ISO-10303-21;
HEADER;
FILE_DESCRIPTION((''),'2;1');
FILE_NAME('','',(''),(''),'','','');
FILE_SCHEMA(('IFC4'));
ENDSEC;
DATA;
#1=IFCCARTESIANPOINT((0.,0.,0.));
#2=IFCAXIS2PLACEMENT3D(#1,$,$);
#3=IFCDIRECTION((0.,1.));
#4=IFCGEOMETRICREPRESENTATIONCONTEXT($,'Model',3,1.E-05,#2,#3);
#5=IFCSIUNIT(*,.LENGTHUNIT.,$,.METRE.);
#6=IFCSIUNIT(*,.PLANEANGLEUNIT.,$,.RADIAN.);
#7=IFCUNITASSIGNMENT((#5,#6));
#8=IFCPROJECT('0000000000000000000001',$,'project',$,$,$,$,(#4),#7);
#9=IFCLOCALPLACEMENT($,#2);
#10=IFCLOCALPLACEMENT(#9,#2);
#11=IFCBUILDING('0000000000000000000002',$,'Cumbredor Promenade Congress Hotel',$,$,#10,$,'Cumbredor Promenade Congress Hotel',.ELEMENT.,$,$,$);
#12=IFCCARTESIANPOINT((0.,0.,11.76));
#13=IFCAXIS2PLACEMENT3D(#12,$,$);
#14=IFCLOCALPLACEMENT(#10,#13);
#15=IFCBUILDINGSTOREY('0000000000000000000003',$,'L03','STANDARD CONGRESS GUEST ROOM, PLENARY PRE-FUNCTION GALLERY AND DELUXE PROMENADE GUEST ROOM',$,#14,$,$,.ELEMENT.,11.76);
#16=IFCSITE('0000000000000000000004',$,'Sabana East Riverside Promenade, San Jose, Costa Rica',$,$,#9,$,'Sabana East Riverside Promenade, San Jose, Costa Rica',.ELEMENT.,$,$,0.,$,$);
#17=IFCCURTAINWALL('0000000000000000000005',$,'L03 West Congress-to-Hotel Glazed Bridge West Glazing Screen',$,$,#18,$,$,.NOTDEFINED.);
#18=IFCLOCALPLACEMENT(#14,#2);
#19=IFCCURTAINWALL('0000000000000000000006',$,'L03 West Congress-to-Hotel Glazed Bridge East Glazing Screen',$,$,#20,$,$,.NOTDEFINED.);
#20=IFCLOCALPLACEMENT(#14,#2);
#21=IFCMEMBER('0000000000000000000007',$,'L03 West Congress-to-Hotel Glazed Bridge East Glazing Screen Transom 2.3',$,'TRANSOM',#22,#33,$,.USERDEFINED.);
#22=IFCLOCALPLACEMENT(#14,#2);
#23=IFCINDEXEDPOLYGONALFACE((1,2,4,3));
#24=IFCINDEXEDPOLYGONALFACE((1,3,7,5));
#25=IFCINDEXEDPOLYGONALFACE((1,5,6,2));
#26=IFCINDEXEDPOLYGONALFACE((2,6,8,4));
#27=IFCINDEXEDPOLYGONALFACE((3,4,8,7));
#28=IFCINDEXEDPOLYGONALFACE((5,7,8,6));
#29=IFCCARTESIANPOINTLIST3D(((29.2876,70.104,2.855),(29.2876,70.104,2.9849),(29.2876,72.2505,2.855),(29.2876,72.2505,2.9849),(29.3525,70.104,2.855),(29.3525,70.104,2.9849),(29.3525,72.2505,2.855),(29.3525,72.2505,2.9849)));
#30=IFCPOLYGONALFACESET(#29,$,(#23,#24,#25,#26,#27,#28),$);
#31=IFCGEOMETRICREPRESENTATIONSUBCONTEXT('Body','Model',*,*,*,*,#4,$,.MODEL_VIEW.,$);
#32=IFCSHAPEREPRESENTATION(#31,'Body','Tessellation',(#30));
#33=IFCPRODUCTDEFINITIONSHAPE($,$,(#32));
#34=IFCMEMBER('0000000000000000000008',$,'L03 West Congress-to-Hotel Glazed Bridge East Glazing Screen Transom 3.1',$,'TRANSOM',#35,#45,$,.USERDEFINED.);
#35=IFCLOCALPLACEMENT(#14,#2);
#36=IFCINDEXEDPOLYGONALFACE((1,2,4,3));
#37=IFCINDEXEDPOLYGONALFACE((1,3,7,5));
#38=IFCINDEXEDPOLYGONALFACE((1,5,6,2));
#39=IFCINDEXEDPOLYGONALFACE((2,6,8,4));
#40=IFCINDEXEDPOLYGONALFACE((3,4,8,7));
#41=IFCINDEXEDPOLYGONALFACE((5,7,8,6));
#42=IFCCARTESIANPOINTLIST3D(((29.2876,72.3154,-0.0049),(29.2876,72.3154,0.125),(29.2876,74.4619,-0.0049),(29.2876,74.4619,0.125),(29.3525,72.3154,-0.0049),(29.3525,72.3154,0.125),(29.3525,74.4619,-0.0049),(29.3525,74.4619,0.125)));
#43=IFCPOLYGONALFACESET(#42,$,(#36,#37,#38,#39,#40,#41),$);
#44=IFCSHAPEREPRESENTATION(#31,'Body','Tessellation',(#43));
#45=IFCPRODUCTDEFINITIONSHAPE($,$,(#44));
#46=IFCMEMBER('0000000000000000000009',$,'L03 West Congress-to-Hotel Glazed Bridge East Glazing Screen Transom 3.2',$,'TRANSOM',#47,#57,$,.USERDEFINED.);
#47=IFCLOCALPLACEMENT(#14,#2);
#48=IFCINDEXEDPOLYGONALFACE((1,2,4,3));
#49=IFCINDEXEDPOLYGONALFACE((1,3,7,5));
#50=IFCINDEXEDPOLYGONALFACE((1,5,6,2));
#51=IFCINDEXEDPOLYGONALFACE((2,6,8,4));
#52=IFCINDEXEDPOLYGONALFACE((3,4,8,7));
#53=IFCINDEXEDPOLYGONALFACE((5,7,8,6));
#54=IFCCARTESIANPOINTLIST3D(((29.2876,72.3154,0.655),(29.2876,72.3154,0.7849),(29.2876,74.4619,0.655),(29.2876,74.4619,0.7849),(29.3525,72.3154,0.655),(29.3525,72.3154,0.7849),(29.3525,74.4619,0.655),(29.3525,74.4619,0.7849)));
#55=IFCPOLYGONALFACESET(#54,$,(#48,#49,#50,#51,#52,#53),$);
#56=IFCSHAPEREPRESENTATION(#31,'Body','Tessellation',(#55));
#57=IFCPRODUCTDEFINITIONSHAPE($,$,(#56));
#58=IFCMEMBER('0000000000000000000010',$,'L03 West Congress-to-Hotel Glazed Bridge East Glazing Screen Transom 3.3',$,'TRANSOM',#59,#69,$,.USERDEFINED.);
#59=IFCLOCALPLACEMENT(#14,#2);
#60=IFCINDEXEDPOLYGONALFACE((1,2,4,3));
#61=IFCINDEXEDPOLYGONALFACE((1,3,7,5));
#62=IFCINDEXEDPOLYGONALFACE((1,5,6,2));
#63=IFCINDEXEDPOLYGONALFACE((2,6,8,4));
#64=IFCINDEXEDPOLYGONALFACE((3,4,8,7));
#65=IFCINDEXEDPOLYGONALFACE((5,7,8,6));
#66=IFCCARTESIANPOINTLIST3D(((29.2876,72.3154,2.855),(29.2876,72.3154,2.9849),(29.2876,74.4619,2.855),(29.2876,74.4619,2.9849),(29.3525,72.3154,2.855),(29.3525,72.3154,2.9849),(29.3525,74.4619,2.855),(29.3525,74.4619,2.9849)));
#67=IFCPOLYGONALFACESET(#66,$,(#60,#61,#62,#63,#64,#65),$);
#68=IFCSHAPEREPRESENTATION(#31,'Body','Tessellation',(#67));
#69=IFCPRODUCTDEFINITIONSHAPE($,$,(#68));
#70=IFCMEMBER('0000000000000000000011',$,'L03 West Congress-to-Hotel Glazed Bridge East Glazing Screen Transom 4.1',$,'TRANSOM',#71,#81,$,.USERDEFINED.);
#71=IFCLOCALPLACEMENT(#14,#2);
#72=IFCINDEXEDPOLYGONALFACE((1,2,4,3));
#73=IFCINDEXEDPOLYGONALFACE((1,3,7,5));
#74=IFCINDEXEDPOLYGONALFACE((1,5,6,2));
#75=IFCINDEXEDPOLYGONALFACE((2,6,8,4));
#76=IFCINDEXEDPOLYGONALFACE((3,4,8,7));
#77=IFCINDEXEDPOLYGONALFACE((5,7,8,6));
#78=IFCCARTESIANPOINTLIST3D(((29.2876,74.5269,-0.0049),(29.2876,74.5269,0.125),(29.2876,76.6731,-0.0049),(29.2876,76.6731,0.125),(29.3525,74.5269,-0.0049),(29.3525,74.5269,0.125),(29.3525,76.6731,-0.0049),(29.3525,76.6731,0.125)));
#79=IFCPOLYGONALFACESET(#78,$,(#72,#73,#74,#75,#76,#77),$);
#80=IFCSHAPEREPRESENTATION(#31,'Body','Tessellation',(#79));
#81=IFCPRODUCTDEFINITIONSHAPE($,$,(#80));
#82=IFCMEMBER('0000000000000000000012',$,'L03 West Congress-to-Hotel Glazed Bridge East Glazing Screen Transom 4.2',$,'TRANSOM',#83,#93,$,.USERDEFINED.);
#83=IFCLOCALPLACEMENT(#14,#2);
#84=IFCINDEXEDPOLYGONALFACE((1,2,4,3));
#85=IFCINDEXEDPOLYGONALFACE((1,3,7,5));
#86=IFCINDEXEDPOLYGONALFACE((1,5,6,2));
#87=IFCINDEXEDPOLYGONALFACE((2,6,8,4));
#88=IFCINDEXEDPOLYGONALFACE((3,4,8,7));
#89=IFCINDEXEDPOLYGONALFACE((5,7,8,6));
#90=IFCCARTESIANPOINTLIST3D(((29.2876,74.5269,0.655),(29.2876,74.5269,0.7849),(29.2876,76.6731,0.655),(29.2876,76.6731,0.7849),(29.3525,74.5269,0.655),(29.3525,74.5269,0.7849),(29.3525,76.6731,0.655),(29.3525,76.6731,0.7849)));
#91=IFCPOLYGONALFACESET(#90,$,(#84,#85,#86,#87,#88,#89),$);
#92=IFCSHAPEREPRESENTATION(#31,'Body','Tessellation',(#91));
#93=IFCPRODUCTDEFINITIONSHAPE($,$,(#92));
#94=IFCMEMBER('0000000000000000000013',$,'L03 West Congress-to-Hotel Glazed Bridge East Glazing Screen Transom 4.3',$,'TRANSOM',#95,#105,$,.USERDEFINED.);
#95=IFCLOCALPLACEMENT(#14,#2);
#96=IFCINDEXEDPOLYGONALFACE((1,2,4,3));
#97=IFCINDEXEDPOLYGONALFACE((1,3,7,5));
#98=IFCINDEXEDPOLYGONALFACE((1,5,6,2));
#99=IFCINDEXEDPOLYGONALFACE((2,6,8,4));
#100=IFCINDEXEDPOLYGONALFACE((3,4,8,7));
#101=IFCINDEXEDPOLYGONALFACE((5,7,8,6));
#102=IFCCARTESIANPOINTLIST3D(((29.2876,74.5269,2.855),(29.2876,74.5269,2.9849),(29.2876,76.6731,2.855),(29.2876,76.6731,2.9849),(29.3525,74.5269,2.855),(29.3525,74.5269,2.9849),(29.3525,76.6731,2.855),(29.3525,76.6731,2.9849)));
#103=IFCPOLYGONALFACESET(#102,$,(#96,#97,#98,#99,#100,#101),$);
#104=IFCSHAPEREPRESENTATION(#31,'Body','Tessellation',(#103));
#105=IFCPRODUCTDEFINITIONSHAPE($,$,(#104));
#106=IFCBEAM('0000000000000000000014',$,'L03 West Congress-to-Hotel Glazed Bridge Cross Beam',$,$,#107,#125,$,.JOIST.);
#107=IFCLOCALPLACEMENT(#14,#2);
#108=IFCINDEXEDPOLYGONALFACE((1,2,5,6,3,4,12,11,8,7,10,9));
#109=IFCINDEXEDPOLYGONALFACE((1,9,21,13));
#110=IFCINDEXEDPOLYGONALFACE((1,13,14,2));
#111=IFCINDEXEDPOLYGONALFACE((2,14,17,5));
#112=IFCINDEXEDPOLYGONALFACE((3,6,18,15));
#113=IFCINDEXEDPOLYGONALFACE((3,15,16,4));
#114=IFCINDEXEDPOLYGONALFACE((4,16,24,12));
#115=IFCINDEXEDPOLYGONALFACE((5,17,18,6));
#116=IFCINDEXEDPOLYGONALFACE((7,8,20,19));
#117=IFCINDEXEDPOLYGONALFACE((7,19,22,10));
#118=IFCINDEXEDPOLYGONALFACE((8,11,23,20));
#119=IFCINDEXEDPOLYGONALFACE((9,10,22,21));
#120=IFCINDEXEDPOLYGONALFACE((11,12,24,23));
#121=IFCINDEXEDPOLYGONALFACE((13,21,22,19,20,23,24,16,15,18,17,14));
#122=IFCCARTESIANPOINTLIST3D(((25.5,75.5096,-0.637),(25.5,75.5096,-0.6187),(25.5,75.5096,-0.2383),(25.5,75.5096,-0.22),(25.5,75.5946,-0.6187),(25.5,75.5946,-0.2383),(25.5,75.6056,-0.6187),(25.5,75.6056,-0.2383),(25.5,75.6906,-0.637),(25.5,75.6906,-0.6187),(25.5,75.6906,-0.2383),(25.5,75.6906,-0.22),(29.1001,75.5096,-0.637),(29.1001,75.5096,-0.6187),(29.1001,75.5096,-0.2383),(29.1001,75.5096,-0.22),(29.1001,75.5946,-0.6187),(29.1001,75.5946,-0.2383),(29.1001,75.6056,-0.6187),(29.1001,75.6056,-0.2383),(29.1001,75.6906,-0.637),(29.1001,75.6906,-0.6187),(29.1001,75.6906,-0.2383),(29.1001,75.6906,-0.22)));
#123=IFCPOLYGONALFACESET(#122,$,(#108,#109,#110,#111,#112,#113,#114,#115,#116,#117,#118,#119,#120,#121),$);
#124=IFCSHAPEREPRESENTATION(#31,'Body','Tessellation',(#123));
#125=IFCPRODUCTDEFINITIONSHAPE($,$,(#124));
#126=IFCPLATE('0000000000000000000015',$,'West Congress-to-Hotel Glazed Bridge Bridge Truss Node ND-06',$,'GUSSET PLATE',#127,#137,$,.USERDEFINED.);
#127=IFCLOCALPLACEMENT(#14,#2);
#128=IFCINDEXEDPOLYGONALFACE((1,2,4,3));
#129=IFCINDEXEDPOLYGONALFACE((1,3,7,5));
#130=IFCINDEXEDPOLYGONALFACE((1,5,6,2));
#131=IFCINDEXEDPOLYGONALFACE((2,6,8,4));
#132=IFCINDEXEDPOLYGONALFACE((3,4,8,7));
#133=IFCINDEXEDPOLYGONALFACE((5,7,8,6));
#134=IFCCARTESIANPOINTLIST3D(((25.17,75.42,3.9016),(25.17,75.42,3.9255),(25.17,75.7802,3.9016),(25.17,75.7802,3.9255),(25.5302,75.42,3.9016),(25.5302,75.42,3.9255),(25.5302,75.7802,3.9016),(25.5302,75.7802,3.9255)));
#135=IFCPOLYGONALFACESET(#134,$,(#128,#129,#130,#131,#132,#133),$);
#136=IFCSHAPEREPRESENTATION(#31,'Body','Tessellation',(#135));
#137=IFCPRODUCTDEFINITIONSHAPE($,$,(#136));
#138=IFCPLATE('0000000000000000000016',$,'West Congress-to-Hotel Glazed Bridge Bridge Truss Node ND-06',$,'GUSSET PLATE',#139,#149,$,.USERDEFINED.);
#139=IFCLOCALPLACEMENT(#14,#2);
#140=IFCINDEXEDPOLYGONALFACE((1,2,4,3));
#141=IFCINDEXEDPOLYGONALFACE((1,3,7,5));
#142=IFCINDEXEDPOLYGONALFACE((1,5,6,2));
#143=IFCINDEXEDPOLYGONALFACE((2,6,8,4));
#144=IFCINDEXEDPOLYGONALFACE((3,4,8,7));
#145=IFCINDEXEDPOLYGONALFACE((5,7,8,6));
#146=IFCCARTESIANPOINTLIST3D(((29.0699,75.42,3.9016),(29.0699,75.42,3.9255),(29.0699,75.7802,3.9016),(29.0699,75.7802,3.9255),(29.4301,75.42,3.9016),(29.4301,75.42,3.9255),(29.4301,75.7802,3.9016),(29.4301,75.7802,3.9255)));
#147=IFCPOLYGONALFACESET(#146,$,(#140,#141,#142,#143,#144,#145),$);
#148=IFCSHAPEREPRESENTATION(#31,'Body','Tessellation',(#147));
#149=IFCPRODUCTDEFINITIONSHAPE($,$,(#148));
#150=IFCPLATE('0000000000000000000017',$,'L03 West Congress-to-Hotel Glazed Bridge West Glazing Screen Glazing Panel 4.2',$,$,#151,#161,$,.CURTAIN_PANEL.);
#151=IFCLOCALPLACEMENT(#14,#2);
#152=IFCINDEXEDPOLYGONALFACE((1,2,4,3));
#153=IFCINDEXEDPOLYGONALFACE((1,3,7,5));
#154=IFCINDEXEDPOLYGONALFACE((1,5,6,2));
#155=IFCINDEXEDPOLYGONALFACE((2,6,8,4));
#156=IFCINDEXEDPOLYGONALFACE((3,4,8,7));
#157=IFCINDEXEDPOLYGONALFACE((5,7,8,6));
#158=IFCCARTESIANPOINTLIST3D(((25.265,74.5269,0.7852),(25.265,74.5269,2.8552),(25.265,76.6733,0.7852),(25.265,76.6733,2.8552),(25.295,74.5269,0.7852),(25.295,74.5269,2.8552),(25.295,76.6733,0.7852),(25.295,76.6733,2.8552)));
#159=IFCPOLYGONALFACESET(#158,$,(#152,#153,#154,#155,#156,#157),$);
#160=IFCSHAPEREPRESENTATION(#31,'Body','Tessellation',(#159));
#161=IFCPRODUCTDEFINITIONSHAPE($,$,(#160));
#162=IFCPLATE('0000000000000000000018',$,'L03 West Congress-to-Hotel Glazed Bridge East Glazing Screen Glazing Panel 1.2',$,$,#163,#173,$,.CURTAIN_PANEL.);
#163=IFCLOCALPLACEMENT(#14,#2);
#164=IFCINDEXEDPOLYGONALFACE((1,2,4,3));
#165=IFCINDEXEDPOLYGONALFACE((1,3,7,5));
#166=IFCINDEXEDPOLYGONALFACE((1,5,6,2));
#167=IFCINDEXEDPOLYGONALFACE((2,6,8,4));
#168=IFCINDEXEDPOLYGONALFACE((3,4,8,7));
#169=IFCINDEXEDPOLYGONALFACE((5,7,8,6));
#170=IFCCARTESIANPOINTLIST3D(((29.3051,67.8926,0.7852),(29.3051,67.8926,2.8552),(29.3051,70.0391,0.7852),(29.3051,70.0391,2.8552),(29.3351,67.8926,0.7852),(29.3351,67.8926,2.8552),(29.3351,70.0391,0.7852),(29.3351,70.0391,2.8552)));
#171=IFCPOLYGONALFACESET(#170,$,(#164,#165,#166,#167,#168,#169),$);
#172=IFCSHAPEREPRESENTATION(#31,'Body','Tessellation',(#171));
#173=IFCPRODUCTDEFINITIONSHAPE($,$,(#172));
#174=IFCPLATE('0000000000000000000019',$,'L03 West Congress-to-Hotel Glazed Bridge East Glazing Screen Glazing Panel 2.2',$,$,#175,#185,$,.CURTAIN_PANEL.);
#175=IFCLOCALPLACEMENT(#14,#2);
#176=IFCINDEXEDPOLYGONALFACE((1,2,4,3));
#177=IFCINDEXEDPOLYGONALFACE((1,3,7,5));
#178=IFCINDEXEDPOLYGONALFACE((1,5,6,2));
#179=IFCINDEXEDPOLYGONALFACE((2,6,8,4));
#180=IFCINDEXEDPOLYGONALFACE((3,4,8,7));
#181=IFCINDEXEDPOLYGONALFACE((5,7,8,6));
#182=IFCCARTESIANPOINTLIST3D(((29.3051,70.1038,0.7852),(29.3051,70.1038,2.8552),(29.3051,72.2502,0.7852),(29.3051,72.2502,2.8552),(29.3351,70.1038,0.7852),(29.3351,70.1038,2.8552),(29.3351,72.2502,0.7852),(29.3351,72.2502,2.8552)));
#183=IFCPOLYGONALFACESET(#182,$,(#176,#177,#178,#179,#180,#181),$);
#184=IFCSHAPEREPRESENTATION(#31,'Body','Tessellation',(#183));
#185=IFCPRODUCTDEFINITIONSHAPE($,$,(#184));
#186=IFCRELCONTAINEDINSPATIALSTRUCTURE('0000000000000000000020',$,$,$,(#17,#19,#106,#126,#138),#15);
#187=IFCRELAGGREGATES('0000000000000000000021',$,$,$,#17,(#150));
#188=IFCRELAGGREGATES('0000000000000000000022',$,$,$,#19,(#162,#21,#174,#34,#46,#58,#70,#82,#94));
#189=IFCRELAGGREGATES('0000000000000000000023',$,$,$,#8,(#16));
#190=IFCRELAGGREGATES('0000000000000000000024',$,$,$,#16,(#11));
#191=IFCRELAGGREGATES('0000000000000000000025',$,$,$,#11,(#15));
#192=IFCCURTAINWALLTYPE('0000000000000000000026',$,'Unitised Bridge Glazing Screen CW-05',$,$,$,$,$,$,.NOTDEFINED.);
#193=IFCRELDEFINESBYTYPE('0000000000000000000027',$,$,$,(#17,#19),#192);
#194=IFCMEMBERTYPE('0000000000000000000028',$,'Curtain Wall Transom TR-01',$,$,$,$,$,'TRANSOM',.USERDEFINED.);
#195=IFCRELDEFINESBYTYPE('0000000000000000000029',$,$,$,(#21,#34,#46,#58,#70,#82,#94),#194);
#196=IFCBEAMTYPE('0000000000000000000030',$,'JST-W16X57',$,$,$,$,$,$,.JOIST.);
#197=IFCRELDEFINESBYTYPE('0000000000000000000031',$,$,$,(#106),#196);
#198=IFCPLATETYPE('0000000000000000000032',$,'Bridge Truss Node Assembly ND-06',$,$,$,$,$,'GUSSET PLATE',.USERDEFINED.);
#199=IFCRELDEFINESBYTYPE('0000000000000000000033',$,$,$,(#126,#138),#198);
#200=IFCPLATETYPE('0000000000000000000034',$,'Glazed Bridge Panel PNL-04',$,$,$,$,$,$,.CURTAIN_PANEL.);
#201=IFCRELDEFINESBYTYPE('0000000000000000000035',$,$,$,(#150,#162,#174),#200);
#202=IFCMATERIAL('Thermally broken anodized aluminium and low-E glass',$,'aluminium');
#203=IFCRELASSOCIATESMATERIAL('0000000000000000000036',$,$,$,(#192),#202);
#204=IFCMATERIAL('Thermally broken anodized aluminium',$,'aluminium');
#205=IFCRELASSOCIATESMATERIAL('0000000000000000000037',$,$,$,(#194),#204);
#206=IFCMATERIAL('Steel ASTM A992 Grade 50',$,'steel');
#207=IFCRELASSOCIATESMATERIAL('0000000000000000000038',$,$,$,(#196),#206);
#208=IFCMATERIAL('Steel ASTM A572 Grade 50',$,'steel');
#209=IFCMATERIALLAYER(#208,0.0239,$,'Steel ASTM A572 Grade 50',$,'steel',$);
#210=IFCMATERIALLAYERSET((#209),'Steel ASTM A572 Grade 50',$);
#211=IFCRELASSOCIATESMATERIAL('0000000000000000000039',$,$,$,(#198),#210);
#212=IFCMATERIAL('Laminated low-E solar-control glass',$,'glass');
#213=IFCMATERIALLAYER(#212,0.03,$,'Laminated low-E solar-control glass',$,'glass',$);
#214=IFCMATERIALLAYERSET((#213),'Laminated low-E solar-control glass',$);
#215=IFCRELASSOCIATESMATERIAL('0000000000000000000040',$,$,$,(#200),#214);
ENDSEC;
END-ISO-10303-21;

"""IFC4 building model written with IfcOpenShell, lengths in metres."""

from ifc_helpers import new_model, si_unit, direction, frame, origin, origin_2d, place, context, subcontext, project, spatial, rectangle, i_section, extrude, material, layer, layer_set, material_profile, profile_set, type_object, element, aggregate, save


model = new_model("IFC4")

# Units and contexts
model_context = context("Model", 3, precision=1e-05, world=origin(), true_north=direction((0.0, 1.0)))
body_context = subcontext(model_context, "Body", "Model", "MODEL_VIEW")
ifc_project = project(units=[si_unit("LENGTHUNIT", "METRE"), si_unit("PLANEANGLEUNIT", "RADIAN")], contexts=[model_context])

# Site, building, storey
site_placement = place(None, origin())
site = spatial("IfcSite", under=ifc_project, at=site_placement, Name="Sabana East Riverside Promenade, San Jose, Costa Rica", LongName="Sabana East Riverside Promenade, San Jose, Costa Rica", CompositionType="ELEMENT", RefElevation=0.0)
building_placement = place(site_placement, origin())
building = spatial("IfcBuilding", under=site, at=building_placement, Name="Cumbredor Promenade Congress Hotel", LongName="Cumbredor Promenade Congress Hotel", CompositionType="ELEMENT")
storey_placement = place(building_placement, frame((0.0, 0.0, 11.76)))
storey = spatial("IfcBuildingStorey", under=building, at=storey_placement, Name="L03", Description="STANDARD CONGRESS GUEST ROOM, PLENARY PRE-FUNCTION GALLERY AND DELUXE PROMENADE GUEST ROOM", CompositionType="ELEMENT", Elevation=11.76)

# Curtain wall
ifc_material_1 = material(Name="Thermally broken anodized aluminium and low-E glass", Category="aluminium")
curtain_wall_type = type_object("IfcCurtainWallType", Name="Unitised Bridge Glazing Screen CW-05", PredefinedType="NOTDEFINED", material=ifc_material_1)
curtain_wall_1_placement = place(storey_placement, origin())
curtain_wall_1 = element("IfcCurtainWall", 1, at=curtain_wall_1_placement, inside=storey, type_object=curtain_wall_type, Name="L03 West Congress-to-Hotel Glazed Bridge West Glazing Screen", PredefinedType="NOTDEFINED")
ifc_material_2 = material(Name="Thermally broken anodized aluminium", Category="aluminium")

# Curtain wall
curtain_wall_2_placement = place(storey_placement, origin())
curtain_wall_2 = element("IfcCurtainWall", 2, at=curtain_wall_2_placement, inside=storey, type_object=curtain_wall_type, Name="L03 West Congress-to-Hotel Glazed Bridge East Glazing Screen", PredefinedType="NOTDEFINED")

# Members
ifc_material_profile_1 = material_profile(ifc_material_2, rectangle(XDim=0.0649, YDim=0.1299, at=origin_2d()), Name="ALU TRANSOM 65x130")
ifc_profile_set_1 = profile_set([ifc_material_profile_1], Name="Thermally broken anodized aluminium")
member_type_1 = type_object("IfcMemberType", Name="Curtain Wall Transom TR-01", ElementType="TRANSOM", PredefinedType="USERDEFINED", material=ifc_profile_set_1)
member_1_placement = place(storey_placement, frame((29.3201, 70.104, 2.9199), z_axis=(0.0, 1.0, 0.0), x_axis=(-1.0, 0.0, 0.0)))
member_1 = element("IfcMember", 3, at=member_1_placement, type_object=member_type_1, Name="L03 West Congress-to-Hotel Glazed Bridge East Glazing Screen Transom 2.3", ObjectType="TRANSOM", PredefinedType="USERDEFINED", context=body_context, shape_type="SweptSolid", body=[
    extrude(rectangle(XDim=0.0649, YDim=0.1299, at=origin_2d()), origin(), (0.0, 0.0, 1.0), 2.1465),
])
member_2_placement = place(storey_placement, frame((29.3201, 72.3154, 0.0601), z_axis=(0.0, 1.0, 0.0), x_axis=(-1.0, 0.0, 0.0)))
member_2 = element("IfcMember", 4, at=member_2_placement, type_object=member_type_1, Name="L03 West Congress-to-Hotel Glazed Bridge East Glazing Screen Transom 3.1", ObjectType="TRANSOM", PredefinedType="USERDEFINED", context=body_context, shape_type="SweptSolid", body=[
    extrude(rectangle(XDim=0.0649, YDim=0.1299, at=origin_2d()), origin(), (0.0, 0.0, 1.0), 2.1465),
])
member_3_placement = place(storey_placement, frame((29.3201, 72.3154, 0.72), z_axis=(0.0, 1.0, 0.0), x_axis=(-1.0, 0.0, 0.0)))
member_3 = element("IfcMember", 5, at=member_3_placement, type_object=member_type_1, Name="L03 West Congress-to-Hotel Glazed Bridge East Glazing Screen Transom 3.2", ObjectType="TRANSOM", PredefinedType="USERDEFINED", context=body_context, shape_type="SweptSolid", body=[
    extrude(rectangle(XDim=0.0649, YDim=0.1299, at=origin_2d()), origin(), (0.0, 0.0, 1.0), 2.1465),
])
member_4_placement = place(storey_placement, frame((29.3201, 72.3154, 2.9199), z_axis=(0.0, 1.0, 0.0), x_axis=(-1.0, 0.0, 0.0)))
member_4 = element("IfcMember", 6, at=member_4_placement, type_object=member_type_1, Name="L03 West Congress-to-Hotel Glazed Bridge East Glazing Screen Transom 3.3", ObjectType="TRANSOM", PredefinedType="USERDEFINED", context=body_context, shape_type="SweptSolid", body=[
    extrude(rectangle(XDim=0.0649, YDim=0.1299, at=origin_2d()), origin(), (0.0, 0.0, 1.0), 2.1465),
])
member_5_placement = place(storey_placement, frame((29.3201, 74.5269, 0.0601), z_axis=(0.0, 1.0, 0.0), x_axis=(-1.0, 0.0, 0.0)))
member_5 = element("IfcMember", 7, at=member_5_placement, type_object=member_type_1, Name="L03 West Congress-to-Hotel Glazed Bridge East Glazing Screen Transom 4.1", ObjectType="TRANSOM", PredefinedType="USERDEFINED", context=body_context, shape_type="SweptSolid", body=[
    extrude(rectangle(XDim=0.0649, YDim=0.1299, at=origin_2d()), origin(), (0.0, 0.0, 1.0), 2.1462),
])
member_6_placement = place(storey_placement, frame((29.3201, 74.5269, 0.72), z_axis=(0.0, 1.0, 0.0), x_axis=(-1.0, 0.0, 0.0)))
member_6 = element("IfcMember", 8, at=member_6_placement, type_object=member_type_1, Name="L03 West Congress-to-Hotel Glazed Bridge East Glazing Screen Transom 4.2", ObjectType="TRANSOM", PredefinedType="USERDEFINED", context=body_context, shape_type="SweptSolid", body=[
    extrude(rectangle(XDim=0.0649, YDim=0.1299, at=origin_2d()), origin(), (0.0, 0.0, 1.0), 2.1462),
])
member_7_placement = place(storey_placement, frame((29.3201, 74.5269, 2.9199), z_axis=(0.0, 1.0, 0.0), x_axis=(-1.0, 0.0, 0.0)))
member_7 = element("IfcMember", 9, at=member_7_placement, type_object=member_type_1, Name="L03 West Congress-to-Hotel Glazed Bridge East Glazing Screen Transom 4.3", ObjectType="TRANSOM", PredefinedType="USERDEFINED", context=body_context, shape_type="SweptSolid", body=[
    extrude(rectangle(XDim=0.0649, YDim=0.1299, at=origin_2d()), origin(), (0.0, 0.0, 1.0), 2.1462),
])

# Beam
ifc_material_3 = material(Name="Steel ASTM A992 Grade 50", Category="steel")
ifc_material_profile_2 = material_profile(ifc_material_3, i_section(OverallWidth=0.1809, OverallDepth=0.417, WebThickness=0.011, FlangeThickness=0.0183, at=origin_2d()), Name="W16X57")
ifc_profile_set_2 = profile_set([ifc_material_profile_2], Name="Steel ASTM A992 Grade 50")
beam_type = type_object("IfcBeamType", Name="JST-W16X57", PredefinedType="JOIST", material=ifc_profile_set_2)
beam_placement = place(storey_placement, frame((25.5, 75.6001, -0.4285), z_axis=(1.0, 0.0, 0.0), x_axis=(0.0, 1.0, 0.0)))
element("IfcBeam", 10, at=beam_placement, inside=storey, type_object=beam_type, Name="L03 West Congress-to-Hotel Glazed Bridge Cross Beam", PredefinedType="JOIST", context=body_context, shape_type="SweptSolid", body=[
    extrude(i_section(OverallWidth=0.1809, OverallDepth=0.417, WebThickness=0.011, FlangeThickness=0.0183, at=origin_2d()), origin(), (0.0, 0.0, 1.0), 3.6001),
])

# Plates
ifc_material_4 = material(Name="Steel ASTM A572 Grade 50", Category="steel")
ifc_layer_1 = layer(ifc_material_4, 0.0239, Name="Steel ASTM A572 Grade 50", Category="steel")
ifc_layer_set_1 = layer_set([ifc_layer_1], Name="Steel ASTM A572 Grade 50")
plate_type_1 = type_object("IfcPlateType", Name="Bridge Truss Node Assembly ND-06", ElementType="GUSSET PLATE", PredefinedType="USERDEFINED", material=ifc_layer_set_1)
for number, where, z_axis, x_axis, name in (
    (11, (25.3501, 75.6001, 3.9016), (0.0, 0.0, 1.0), (1.0, 0.0, 0.0), "West Congress-to-Hotel Glazed Bridge Bridge Truss Node ND-06"),
    (12, (29.25, 75.6001, 3.9016), (0.0, 0.0, 1.0), (1.0, 0.0, 0.0), "West Congress-to-Hotel Glazed Bridge Bridge Truss Node ND-06"),
):
    element("IfcPlate", number, at=place(storey_placement, frame(where, z_axis=z_axis, x_axis=x_axis)), inside=storey, type_object=plate_type_1, Name=name, ObjectType="GUSSET PLATE", PredefinedType="USERDEFINED", context=body_context, shape_type="SweptSolid", body=[
        extrude(rectangle(XDim=0.3601, YDim=0.3601, at=origin_2d()), origin(), (0.0, 0.0, 1.0), 0.0239),
    ])

# Plates
ifc_material_5 = material(Name="Laminated low-E solar-control glass", Category="glass")
ifc_layer_2 = layer(ifc_material_5, 0.03, Name="Laminated low-E solar-control glass", Category="glass")
ifc_layer_set_2 = layer_set([ifc_layer_2], Name="Laminated low-E solar-control glass")
plate_type_2 = type_object("IfcPlateType", Name="Glazed Bridge Panel PNL-04", PredefinedType="CURTAIN_PANEL", material=ifc_layer_set_2)
plate_1_placement = place(storey_placement, frame((25.28, 75.6001, 0.7852), z_axis=(0.0, 0.0, 1.0), x_axis=(0.0, 1.0, 0.0)))
plate_1 = element("IfcPlate", 13, at=plate_1_placement, type_object=plate_type_2, Name="L03 West Congress-to-Hotel Glazed Bridge West Glazing Screen Glazing Panel 4.2", PredefinedType="CURTAIN_PANEL", context=body_context, shape_type="SweptSolid", body=[
    extrude(rectangle(XDim=2.1465, YDim=0.03, at=origin_2d()), origin(), (0.0, 0.0, 1.0), 2.0701),
])
plate_2_placement = place(storey_placement, frame((29.3201, 68.9658, 0.7852), z_axis=(0.0, 0.0, 1.0), x_axis=(0.0, 1.0, 0.0)))
plate_2 = element("IfcPlate", 14, at=plate_2_placement, type_object=plate_type_2, Name="L03 West Congress-to-Hotel Glazed Bridge East Glazing Screen Glazing Panel 1.2", PredefinedType="CURTAIN_PANEL", context=body_context, shape_type="SweptSolid", body=[
    extrude(rectangle(XDim=2.1465, YDim=0.03, at=origin_2d()), origin(), (0.0, 0.0, 1.0), 2.0701),
])
plate_3_placement = place(storey_placement, frame((29.3201, 71.177, 0.7852), z_axis=(0.0, 0.0, 1.0), x_axis=(0.0, 1.0, 0.0)))
plate_3 = element("IfcPlate", 15, at=plate_3_placement, type_object=plate_type_2, Name="L03 West Congress-to-Hotel Glazed Bridge East Glazing Screen Glazing Panel 2.2", PredefinedType="CURTAIN_PANEL", context=body_context, shape_type="SweptSolid", body=[
    extrude(rectangle(XDim=2.1465, YDim=0.03, at=origin_2d()), origin(), (0.0, 0.0, 1.0), 2.0701),
])

aggregate(curtain_wall_1, [plate_1])
aggregate(curtain_wall_2, [plate_2, member_1, plate_3, member_2, member_3, member_4, member_5, member_6, member_7])

save(model, "model.ifc")
